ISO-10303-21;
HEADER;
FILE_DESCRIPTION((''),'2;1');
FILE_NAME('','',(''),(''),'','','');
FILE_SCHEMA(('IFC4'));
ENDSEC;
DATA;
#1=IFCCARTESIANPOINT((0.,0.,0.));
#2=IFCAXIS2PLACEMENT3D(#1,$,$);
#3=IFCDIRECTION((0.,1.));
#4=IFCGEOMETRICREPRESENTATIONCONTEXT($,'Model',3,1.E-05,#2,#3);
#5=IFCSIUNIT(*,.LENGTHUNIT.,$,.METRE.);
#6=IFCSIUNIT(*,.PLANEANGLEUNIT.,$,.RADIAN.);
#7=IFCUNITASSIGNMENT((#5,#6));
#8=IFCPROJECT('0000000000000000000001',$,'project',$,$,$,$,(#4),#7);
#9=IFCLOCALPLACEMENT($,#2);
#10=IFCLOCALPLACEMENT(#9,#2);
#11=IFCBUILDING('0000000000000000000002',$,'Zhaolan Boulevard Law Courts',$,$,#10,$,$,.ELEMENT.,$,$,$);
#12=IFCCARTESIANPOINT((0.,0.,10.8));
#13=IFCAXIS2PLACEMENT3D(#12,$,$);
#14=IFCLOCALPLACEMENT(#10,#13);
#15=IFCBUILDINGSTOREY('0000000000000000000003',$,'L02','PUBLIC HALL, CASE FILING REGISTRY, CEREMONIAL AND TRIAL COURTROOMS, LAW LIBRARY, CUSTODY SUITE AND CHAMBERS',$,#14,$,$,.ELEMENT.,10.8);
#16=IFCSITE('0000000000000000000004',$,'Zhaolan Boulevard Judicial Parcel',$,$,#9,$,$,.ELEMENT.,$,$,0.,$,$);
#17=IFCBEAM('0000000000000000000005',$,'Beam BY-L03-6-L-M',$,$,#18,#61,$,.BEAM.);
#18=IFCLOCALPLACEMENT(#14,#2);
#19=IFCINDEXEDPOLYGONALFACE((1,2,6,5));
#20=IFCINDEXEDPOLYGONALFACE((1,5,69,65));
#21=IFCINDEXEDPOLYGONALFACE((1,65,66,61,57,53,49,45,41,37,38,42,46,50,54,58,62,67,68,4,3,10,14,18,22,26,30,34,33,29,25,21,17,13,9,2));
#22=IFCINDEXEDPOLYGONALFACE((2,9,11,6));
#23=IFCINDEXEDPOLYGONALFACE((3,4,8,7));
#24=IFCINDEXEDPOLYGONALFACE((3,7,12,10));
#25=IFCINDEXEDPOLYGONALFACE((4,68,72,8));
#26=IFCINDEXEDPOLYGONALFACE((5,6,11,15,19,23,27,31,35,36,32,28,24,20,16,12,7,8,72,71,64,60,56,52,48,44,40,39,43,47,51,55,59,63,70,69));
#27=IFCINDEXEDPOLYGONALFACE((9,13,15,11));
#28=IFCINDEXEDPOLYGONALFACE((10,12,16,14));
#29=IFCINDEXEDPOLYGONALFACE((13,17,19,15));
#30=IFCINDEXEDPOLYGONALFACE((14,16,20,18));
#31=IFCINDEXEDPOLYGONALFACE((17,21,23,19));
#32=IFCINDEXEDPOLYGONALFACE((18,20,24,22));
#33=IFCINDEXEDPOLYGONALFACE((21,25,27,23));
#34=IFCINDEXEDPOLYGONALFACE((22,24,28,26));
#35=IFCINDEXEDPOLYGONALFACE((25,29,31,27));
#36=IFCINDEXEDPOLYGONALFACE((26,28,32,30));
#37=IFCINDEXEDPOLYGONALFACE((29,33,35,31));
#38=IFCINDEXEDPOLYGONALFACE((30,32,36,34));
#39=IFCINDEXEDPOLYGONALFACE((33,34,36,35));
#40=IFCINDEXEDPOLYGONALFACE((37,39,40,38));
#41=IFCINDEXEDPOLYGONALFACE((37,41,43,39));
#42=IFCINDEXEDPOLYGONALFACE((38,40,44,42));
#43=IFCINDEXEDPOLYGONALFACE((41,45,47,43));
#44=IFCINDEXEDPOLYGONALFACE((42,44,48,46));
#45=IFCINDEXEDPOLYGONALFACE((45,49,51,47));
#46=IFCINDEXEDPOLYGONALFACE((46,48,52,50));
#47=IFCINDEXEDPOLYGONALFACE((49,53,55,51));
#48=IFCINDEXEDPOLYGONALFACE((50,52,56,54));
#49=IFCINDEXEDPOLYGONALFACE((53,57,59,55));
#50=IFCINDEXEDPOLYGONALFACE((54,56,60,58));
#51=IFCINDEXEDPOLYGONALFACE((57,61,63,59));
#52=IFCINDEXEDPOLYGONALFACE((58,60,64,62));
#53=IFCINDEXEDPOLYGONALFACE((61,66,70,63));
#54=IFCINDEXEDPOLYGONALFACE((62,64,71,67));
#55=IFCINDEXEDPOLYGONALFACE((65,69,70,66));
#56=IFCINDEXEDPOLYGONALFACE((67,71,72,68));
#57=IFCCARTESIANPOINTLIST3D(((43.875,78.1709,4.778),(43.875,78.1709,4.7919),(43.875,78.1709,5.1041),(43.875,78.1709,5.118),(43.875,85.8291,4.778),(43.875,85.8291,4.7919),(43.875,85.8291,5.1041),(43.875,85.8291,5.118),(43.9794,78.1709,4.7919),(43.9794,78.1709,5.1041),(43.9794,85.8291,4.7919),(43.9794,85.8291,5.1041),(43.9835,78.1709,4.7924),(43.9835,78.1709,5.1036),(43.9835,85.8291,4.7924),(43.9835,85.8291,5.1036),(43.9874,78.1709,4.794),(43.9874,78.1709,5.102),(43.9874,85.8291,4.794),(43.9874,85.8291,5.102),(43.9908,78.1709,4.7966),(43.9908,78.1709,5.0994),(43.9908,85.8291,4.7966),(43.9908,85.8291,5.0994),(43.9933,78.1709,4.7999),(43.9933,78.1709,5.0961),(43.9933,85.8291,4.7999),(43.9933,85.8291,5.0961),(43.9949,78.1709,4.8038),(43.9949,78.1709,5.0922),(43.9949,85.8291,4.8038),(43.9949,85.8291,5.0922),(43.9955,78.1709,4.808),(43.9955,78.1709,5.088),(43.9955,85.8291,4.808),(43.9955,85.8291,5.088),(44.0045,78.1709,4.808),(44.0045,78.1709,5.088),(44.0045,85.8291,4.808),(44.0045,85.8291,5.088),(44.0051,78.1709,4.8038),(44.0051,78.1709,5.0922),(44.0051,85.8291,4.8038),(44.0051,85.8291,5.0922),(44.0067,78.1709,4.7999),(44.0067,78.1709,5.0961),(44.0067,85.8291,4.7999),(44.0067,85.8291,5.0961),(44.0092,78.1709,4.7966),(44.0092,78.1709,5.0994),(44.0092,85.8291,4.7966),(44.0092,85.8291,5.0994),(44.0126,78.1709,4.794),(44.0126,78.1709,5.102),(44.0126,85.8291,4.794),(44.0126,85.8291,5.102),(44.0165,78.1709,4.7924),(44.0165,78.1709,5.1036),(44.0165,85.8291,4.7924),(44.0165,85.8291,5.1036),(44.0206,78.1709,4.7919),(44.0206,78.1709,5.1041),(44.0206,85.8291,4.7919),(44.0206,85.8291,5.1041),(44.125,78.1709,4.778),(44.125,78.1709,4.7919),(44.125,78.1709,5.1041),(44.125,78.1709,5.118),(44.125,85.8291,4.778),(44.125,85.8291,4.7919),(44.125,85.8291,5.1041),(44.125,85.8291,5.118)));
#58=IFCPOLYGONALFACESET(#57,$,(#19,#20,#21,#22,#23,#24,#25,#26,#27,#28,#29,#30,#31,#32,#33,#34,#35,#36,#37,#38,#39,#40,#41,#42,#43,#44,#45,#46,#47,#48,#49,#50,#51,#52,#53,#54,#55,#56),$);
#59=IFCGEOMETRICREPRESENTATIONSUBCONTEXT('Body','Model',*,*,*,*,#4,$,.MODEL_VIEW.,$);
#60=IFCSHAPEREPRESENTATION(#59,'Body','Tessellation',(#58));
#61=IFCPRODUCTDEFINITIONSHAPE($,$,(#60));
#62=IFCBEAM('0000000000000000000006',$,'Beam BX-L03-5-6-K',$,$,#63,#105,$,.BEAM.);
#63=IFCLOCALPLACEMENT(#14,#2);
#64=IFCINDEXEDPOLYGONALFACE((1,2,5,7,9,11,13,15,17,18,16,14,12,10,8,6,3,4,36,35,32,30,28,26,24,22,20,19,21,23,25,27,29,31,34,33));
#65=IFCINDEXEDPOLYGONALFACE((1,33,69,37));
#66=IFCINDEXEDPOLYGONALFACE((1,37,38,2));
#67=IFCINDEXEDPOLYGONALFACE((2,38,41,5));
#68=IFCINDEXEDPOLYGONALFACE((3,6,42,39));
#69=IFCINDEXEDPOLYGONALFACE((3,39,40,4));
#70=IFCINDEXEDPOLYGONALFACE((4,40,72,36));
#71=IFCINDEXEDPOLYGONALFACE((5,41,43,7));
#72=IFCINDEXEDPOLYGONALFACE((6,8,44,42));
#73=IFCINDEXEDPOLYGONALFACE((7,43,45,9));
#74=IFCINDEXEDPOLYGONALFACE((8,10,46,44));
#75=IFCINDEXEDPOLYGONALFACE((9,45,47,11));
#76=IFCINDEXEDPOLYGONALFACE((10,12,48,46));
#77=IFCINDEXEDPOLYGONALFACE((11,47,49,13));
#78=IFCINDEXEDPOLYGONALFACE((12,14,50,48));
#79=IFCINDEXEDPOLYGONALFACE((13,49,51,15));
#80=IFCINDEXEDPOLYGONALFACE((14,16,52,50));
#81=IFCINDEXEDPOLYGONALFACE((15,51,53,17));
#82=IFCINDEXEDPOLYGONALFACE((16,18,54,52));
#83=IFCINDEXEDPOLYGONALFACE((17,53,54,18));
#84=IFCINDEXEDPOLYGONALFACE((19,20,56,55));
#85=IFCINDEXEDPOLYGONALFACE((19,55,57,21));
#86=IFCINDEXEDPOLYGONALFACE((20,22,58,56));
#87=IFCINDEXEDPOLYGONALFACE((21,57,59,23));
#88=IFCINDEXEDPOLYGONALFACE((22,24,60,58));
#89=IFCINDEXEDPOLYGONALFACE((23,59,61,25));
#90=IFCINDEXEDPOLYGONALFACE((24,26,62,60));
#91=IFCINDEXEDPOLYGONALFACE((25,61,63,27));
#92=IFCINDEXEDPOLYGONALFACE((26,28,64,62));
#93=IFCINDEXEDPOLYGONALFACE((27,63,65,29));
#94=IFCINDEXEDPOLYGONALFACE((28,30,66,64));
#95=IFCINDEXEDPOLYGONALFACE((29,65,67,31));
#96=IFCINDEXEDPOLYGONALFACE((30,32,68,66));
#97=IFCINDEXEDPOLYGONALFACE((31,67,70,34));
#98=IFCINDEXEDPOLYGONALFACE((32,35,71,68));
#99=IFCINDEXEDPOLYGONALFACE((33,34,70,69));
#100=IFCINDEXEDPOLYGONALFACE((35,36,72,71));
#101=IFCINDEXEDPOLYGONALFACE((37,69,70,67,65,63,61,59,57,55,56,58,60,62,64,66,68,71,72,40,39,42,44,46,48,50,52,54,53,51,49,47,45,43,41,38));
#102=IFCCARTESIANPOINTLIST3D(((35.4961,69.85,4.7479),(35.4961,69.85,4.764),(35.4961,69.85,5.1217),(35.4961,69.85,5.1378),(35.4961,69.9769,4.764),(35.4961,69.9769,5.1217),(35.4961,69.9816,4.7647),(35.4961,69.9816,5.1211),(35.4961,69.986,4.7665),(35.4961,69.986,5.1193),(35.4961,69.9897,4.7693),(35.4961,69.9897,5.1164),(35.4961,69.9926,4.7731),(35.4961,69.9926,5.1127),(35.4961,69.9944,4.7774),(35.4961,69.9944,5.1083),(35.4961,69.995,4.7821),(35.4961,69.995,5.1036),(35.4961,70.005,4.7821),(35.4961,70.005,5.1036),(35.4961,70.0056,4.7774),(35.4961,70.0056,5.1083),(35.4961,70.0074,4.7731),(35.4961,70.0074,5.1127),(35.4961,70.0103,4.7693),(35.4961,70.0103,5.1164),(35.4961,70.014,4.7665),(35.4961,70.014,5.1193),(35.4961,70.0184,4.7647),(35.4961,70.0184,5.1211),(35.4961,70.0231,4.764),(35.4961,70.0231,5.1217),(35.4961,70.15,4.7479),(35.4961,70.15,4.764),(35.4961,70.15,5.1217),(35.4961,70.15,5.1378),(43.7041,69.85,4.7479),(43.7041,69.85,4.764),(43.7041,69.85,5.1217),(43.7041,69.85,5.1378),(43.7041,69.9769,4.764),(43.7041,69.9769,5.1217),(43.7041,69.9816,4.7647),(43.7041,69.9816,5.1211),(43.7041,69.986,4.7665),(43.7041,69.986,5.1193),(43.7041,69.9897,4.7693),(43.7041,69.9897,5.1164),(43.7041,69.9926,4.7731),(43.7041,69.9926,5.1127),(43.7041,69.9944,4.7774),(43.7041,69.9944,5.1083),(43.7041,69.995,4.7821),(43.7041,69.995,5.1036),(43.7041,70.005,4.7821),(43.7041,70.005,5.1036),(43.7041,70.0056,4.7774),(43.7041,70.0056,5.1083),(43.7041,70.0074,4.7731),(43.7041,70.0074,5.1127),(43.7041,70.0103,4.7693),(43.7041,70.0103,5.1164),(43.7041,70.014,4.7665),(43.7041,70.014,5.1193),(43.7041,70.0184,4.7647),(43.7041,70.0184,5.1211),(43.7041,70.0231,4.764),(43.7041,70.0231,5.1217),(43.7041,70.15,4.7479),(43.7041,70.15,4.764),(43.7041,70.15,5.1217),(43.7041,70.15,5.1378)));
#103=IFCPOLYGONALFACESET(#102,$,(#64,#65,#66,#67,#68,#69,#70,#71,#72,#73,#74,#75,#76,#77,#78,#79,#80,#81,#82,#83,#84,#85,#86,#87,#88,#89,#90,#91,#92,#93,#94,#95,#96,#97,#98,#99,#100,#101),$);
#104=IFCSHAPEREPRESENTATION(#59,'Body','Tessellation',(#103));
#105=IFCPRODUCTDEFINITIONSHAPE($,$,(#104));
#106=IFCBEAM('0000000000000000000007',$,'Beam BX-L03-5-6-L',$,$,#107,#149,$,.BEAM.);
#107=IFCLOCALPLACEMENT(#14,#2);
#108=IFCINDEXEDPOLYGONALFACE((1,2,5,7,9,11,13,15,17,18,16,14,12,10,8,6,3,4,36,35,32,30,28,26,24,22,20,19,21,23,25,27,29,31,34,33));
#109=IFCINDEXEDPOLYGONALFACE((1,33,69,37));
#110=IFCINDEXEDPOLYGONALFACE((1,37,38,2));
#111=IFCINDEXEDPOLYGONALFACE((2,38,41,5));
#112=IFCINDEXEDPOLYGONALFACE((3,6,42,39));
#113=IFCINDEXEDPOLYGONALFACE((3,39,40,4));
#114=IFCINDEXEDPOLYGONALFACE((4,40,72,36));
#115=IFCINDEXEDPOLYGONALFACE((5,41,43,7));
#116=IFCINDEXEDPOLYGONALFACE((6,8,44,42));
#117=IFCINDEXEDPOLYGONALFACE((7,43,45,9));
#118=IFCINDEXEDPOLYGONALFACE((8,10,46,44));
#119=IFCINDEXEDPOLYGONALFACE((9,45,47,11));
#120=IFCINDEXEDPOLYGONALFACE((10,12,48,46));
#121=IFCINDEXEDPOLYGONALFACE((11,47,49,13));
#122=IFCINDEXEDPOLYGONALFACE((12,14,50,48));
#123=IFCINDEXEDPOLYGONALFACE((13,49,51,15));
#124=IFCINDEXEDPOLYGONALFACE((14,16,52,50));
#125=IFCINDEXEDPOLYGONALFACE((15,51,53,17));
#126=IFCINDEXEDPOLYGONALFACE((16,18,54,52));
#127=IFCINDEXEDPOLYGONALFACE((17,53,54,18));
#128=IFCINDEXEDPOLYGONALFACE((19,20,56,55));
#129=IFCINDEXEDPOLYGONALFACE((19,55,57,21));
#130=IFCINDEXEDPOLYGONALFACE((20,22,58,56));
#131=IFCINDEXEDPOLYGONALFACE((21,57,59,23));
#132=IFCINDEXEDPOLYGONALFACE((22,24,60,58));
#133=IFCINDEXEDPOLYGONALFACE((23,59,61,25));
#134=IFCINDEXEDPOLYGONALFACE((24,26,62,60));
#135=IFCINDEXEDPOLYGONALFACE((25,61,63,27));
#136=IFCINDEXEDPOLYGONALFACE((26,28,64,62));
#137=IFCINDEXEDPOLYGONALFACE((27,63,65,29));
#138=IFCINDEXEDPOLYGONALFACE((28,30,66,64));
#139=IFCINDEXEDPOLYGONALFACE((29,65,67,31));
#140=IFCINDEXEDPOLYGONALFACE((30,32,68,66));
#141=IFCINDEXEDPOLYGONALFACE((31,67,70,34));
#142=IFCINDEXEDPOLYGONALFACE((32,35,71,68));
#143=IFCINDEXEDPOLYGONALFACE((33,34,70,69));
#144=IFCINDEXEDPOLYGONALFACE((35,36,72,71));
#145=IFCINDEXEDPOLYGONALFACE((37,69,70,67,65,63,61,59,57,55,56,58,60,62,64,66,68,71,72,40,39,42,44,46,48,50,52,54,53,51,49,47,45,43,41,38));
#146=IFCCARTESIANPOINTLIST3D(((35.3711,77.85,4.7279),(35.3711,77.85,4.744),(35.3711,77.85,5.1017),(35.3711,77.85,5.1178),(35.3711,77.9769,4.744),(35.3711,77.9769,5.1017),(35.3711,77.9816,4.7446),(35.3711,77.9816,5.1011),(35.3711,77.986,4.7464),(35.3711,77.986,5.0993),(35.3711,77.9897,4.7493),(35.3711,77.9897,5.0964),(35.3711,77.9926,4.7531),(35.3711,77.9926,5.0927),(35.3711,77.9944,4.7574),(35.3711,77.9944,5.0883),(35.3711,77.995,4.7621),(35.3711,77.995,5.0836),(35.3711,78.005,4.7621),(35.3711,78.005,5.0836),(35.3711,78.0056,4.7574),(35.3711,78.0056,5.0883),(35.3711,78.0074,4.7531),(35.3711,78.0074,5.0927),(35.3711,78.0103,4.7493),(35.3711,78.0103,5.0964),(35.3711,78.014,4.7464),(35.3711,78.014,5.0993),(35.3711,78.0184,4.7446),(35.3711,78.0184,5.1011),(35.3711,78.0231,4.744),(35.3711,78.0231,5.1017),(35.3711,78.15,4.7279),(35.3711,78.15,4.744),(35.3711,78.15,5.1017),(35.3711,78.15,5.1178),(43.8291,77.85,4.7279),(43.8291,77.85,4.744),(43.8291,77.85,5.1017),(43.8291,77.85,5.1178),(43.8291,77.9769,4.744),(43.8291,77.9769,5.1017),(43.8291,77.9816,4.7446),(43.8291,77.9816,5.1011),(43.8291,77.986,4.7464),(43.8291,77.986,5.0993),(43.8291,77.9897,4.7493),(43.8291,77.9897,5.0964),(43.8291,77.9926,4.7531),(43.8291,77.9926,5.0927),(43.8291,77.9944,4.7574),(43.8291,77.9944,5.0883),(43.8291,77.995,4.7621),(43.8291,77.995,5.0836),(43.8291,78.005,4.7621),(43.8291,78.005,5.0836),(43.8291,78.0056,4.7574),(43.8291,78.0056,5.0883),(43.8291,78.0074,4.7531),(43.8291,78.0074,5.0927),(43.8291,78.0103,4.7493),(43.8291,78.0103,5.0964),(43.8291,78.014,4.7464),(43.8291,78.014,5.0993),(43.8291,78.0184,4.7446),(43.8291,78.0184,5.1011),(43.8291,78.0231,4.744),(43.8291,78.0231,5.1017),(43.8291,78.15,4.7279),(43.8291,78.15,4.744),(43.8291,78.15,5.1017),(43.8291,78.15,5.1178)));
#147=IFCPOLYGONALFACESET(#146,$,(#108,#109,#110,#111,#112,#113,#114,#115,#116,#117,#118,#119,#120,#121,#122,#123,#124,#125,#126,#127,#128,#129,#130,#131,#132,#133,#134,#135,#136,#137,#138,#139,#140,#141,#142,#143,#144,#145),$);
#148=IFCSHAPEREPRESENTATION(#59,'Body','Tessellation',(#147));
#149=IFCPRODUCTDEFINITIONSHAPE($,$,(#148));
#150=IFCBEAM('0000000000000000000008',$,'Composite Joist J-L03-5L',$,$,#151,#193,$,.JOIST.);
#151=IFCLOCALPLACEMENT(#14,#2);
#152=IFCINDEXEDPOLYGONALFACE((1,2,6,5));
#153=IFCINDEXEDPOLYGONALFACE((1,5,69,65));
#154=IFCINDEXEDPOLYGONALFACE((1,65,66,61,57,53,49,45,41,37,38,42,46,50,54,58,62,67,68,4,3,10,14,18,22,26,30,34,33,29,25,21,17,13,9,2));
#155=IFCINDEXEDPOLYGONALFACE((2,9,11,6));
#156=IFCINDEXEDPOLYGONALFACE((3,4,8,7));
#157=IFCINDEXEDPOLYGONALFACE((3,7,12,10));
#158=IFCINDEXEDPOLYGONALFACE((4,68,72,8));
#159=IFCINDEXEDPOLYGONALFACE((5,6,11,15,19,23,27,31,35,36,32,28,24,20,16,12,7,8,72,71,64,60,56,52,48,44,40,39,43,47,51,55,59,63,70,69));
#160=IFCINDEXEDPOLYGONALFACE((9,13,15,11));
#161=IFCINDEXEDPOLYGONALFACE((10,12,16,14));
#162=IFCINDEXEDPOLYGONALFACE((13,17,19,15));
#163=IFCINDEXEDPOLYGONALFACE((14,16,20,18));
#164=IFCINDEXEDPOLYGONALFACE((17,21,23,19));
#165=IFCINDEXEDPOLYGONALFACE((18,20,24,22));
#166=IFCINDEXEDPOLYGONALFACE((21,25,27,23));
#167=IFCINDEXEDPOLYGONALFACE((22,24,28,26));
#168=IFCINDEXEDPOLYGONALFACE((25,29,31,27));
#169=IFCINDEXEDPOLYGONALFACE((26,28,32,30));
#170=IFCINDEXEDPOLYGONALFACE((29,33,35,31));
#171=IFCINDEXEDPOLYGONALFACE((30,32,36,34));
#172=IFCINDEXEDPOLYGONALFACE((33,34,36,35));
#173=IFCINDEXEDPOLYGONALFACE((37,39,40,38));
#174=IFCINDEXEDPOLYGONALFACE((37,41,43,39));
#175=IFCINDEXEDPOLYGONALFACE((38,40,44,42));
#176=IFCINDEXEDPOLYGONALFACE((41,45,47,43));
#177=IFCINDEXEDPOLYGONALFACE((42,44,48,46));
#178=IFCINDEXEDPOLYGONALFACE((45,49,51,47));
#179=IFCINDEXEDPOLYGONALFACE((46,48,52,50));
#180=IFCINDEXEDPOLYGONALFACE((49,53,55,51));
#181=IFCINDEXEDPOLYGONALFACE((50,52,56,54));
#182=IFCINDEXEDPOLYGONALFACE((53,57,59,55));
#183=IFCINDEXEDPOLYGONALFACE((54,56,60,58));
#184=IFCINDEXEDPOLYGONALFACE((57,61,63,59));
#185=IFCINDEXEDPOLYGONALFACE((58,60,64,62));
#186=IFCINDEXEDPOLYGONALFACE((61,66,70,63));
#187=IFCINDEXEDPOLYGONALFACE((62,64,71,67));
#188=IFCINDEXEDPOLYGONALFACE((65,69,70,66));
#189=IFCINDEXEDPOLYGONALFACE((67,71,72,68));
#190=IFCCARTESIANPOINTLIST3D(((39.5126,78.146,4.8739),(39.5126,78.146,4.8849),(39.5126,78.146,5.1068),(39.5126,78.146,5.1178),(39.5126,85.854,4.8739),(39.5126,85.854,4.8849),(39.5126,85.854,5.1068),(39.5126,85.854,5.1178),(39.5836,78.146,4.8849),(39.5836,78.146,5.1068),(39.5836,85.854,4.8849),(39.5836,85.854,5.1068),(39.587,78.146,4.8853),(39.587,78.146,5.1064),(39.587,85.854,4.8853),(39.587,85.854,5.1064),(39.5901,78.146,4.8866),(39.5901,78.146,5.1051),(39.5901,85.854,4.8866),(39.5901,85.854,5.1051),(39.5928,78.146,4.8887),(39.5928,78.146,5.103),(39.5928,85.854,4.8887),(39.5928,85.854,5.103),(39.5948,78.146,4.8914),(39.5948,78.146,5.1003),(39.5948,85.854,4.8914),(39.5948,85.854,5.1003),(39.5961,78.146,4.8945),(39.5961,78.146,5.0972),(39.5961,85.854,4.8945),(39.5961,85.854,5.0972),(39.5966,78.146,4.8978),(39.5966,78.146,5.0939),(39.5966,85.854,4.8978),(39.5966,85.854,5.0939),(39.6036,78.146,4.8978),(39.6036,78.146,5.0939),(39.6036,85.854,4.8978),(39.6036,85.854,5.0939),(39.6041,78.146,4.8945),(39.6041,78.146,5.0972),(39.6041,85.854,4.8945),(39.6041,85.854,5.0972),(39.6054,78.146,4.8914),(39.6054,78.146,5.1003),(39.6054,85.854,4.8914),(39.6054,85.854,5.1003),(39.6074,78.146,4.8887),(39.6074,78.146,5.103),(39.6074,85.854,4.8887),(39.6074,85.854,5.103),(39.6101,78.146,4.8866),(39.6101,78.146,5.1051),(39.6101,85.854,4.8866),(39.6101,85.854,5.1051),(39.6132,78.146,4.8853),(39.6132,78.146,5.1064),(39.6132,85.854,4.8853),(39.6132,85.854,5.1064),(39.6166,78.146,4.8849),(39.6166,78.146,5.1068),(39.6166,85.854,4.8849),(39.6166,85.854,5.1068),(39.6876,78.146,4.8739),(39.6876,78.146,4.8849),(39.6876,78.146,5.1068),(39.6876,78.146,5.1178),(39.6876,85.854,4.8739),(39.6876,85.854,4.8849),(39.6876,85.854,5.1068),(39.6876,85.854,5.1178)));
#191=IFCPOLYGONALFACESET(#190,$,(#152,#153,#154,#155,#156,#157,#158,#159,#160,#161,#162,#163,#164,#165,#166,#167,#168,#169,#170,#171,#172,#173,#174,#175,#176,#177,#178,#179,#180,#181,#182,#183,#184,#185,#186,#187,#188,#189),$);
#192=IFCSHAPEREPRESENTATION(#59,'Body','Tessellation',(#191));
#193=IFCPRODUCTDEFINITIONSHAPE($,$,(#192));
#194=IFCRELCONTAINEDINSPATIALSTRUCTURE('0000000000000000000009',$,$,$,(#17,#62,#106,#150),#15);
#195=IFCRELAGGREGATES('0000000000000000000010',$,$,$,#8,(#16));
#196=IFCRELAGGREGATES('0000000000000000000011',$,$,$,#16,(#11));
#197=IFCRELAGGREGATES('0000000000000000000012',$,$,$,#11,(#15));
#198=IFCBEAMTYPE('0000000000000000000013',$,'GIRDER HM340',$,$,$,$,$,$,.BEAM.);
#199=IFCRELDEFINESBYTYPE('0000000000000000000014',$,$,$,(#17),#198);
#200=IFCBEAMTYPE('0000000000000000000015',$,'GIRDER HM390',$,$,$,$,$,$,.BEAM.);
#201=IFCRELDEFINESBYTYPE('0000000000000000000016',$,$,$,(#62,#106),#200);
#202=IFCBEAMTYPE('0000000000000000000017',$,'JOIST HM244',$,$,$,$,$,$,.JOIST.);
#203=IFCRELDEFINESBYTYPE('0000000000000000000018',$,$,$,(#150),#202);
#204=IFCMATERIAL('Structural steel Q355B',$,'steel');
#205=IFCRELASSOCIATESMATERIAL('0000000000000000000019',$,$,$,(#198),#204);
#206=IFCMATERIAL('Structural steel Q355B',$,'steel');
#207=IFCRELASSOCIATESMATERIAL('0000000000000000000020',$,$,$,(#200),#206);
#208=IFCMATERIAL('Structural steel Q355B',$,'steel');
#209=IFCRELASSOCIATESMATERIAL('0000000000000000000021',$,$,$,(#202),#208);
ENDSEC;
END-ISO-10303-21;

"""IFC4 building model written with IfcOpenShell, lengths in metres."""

from ifc_helpers import new_model, si_unit, direction, frame, origin, origin_2d, place, context, subcontext, project, spatial, i_section, extrude, material, material_profile, profile_set, type_object, element, save


model = new_model("IFC4")

# Units and contexts
model_context = context("Model", 3, precision=1e-05, world=origin(), true_north=direction((0.0, 1.0)))
body_context = subcontext(model_context, "Body", "Model", "MODEL_VIEW")
ifc_project = project(units=[si_unit("LENGTHUNIT", "METRE"), si_unit("PLANEANGLEUNIT", "RADIAN")], contexts=[model_context])

# Site, building, storey
site_placement = place(None, origin())
site = spatial("IfcSite", under=ifc_project, at=site_placement, Name="Zhaolan Boulevard Judicial Parcel", CompositionType="ELEMENT", RefElevation=0.0)
building_placement = place(site_placement, origin())
building = spatial("IfcBuilding", under=site, at=building_placement, Name="Zhaolan Boulevard Law Courts", CompositionType="ELEMENT")
storey_placement = place(building_placement, frame((0.0, 0.0, 10.8)))
storey = spatial("IfcBuildingStorey", under=building, at=storey_placement, Name="L02", Description="PUBLIC HALL, CASE FILING REGISTRY, CEREMONIAL AND TRIAL COURTROOMS, LAW LIBRARY, CUSTODY SUITE AND CHAMBERS", CompositionType="ELEMENT", Elevation=10.8)

# Beams
ifc_material_1 = material(Name="Structural steel Q355B", Category="steel")
ifc_material_profile_1 = material_profile(ifc_material_1, i_section(OverallWidth=0.25, OverallDepth=0.3401, WebThickness=0.009, FlangeThickness=0.0139, FilletRadius=0.0161, at=origin_2d()), Name="HM340x250")
ifc_profile_set_1 = profile_set([ifc_material_profile_1], Name="Structural steel Q355B")
beam_type_1 = type_object("IfcBeamType", Name="GIRDER HM340", PredefinedType="BEAM", material=ifc_profile_set_1)
beam_1_placement = place(storey_placement, frame((44.0, 78.1709, 4.948), z_axis=(0.0, 1.0, 0.0), x_axis=(-1.0, 0.0, 0.0)))
element("IfcBeam", 1, at=beam_1_placement, inside=storey, type_object=beam_type_1, Name="Beam BY-L03-6-L-M", PredefinedType="BEAM", context=body_context, shape_type="SweptSolid", body=[
    extrude(i_section(OverallWidth=0.25, OverallDepth=0.3401, WebThickness=0.009, FlangeThickness=0.0139, FilletRadius=0.0161, at=origin_2d()), origin(), (0.0, 0.0, 1.0), 7.6582),
])
ifc_material_2 = material(Name="Structural steel Q355B", Category="steel")
ifc_material_profile_2 = material_profile(ifc_material_2, i_section(OverallWidth=0.3, OverallDepth=0.3899, WebThickness=0.01, FlangeThickness=0.0161, FilletRadius=0.0181, at=origin_2d()), Name="HM390x300")
ifc_profile_set_2 = profile_set([ifc_material_profile_2], Name="Structural steel Q355B")
beam_type_2 = type_object("IfcBeamType", Name="GIRDER HM390", PredefinedType="BEAM", material=ifc_profile_set_2)
beam_2_placement = place(storey_placement, frame((35.4961, 70.0, 4.9429), z_axis=(1.0, 0.0, 0.0), x_axis=(0.0, 1.0, 0.0)))
element("IfcBeam", 2, at=beam_2_placement, inside=storey, type_object=beam_type_2, Name="Beam BX-L03-5-6-K", PredefinedType="BEAM", context=body_context, shape_type="SweptSolid", body=[
    extrude(i_section(OverallWidth=0.3, OverallDepth=0.3899, WebThickness=0.01, FlangeThickness=0.0161, FilletRadius=0.0181, at=origin_2d()), origin(), (0.0, 0.0, 1.0), 8.208),
])
beam_3_placement = place(storey_placement, frame((35.3711, 78.0, 4.9229), z_axis=(1.0, 0.0, 0.0), x_axis=(0.0, 1.0, 0.0)))
element("IfcBeam", 3, at=beam_3_placement, inside=storey, type_object=beam_type_2, Name="Beam BX-L03-5-6-L", PredefinedType="BEAM", context=body_context, shape_type="SweptSolid", body=[
    extrude(i_section(OverallWidth=0.3, OverallDepth=0.3899, WebThickness=0.01, FlangeThickness=0.0161, FilletRadius=0.0181, at=origin_2d()), origin(), (0.0, 0.0, 1.0), 8.458),
])
ifc_material_3 = material(Name="Structural steel Q355B", Category="steel")
ifc_material_profile_3 = material_profile(ifc_material_3, i_section(OverallWidth=0.175, OverallDepth=0.2439, WebThickness=0.0071, FlangeThickness=0.011, FilletRadius=0.0129, at=origin_2d()), Name="HM244x175")
ifc_profile_set_3 = profile_set([ifc_material_profile_3], Name="Structural steel Q355B")
beam_type_3 = type_object("IfcBeamType", Name="JOIST HM244", PredefinedType="JOIST", material=ifc_profile_set_3)
beam_4_placement = place(storey_placement, frame((39.6001, 78.146, 4.9958), z_axis=(0.0, 1.0, 0.0), x_axis=(-1.0, 0.0, 0.0)))
element("IfcBeam", 4, at=beam_4_placement, inside=storey, type_object=beam_type_3, Name="Composite Joist J-L03-5L", PredefinedType="JOIST", context=body_context, shape_type="SweptSolid", body=[
    extrude(i_section(OverallWidth=0.175, OverallDepth=0.2439, WebThickness=0.0071, FlangeThickness=0.011, FilletRadius=0.0129, at=origin_2d()), origin(), (0.0, 0.0, 1.0), 7.708),
])

save(model, "model.ifc")
